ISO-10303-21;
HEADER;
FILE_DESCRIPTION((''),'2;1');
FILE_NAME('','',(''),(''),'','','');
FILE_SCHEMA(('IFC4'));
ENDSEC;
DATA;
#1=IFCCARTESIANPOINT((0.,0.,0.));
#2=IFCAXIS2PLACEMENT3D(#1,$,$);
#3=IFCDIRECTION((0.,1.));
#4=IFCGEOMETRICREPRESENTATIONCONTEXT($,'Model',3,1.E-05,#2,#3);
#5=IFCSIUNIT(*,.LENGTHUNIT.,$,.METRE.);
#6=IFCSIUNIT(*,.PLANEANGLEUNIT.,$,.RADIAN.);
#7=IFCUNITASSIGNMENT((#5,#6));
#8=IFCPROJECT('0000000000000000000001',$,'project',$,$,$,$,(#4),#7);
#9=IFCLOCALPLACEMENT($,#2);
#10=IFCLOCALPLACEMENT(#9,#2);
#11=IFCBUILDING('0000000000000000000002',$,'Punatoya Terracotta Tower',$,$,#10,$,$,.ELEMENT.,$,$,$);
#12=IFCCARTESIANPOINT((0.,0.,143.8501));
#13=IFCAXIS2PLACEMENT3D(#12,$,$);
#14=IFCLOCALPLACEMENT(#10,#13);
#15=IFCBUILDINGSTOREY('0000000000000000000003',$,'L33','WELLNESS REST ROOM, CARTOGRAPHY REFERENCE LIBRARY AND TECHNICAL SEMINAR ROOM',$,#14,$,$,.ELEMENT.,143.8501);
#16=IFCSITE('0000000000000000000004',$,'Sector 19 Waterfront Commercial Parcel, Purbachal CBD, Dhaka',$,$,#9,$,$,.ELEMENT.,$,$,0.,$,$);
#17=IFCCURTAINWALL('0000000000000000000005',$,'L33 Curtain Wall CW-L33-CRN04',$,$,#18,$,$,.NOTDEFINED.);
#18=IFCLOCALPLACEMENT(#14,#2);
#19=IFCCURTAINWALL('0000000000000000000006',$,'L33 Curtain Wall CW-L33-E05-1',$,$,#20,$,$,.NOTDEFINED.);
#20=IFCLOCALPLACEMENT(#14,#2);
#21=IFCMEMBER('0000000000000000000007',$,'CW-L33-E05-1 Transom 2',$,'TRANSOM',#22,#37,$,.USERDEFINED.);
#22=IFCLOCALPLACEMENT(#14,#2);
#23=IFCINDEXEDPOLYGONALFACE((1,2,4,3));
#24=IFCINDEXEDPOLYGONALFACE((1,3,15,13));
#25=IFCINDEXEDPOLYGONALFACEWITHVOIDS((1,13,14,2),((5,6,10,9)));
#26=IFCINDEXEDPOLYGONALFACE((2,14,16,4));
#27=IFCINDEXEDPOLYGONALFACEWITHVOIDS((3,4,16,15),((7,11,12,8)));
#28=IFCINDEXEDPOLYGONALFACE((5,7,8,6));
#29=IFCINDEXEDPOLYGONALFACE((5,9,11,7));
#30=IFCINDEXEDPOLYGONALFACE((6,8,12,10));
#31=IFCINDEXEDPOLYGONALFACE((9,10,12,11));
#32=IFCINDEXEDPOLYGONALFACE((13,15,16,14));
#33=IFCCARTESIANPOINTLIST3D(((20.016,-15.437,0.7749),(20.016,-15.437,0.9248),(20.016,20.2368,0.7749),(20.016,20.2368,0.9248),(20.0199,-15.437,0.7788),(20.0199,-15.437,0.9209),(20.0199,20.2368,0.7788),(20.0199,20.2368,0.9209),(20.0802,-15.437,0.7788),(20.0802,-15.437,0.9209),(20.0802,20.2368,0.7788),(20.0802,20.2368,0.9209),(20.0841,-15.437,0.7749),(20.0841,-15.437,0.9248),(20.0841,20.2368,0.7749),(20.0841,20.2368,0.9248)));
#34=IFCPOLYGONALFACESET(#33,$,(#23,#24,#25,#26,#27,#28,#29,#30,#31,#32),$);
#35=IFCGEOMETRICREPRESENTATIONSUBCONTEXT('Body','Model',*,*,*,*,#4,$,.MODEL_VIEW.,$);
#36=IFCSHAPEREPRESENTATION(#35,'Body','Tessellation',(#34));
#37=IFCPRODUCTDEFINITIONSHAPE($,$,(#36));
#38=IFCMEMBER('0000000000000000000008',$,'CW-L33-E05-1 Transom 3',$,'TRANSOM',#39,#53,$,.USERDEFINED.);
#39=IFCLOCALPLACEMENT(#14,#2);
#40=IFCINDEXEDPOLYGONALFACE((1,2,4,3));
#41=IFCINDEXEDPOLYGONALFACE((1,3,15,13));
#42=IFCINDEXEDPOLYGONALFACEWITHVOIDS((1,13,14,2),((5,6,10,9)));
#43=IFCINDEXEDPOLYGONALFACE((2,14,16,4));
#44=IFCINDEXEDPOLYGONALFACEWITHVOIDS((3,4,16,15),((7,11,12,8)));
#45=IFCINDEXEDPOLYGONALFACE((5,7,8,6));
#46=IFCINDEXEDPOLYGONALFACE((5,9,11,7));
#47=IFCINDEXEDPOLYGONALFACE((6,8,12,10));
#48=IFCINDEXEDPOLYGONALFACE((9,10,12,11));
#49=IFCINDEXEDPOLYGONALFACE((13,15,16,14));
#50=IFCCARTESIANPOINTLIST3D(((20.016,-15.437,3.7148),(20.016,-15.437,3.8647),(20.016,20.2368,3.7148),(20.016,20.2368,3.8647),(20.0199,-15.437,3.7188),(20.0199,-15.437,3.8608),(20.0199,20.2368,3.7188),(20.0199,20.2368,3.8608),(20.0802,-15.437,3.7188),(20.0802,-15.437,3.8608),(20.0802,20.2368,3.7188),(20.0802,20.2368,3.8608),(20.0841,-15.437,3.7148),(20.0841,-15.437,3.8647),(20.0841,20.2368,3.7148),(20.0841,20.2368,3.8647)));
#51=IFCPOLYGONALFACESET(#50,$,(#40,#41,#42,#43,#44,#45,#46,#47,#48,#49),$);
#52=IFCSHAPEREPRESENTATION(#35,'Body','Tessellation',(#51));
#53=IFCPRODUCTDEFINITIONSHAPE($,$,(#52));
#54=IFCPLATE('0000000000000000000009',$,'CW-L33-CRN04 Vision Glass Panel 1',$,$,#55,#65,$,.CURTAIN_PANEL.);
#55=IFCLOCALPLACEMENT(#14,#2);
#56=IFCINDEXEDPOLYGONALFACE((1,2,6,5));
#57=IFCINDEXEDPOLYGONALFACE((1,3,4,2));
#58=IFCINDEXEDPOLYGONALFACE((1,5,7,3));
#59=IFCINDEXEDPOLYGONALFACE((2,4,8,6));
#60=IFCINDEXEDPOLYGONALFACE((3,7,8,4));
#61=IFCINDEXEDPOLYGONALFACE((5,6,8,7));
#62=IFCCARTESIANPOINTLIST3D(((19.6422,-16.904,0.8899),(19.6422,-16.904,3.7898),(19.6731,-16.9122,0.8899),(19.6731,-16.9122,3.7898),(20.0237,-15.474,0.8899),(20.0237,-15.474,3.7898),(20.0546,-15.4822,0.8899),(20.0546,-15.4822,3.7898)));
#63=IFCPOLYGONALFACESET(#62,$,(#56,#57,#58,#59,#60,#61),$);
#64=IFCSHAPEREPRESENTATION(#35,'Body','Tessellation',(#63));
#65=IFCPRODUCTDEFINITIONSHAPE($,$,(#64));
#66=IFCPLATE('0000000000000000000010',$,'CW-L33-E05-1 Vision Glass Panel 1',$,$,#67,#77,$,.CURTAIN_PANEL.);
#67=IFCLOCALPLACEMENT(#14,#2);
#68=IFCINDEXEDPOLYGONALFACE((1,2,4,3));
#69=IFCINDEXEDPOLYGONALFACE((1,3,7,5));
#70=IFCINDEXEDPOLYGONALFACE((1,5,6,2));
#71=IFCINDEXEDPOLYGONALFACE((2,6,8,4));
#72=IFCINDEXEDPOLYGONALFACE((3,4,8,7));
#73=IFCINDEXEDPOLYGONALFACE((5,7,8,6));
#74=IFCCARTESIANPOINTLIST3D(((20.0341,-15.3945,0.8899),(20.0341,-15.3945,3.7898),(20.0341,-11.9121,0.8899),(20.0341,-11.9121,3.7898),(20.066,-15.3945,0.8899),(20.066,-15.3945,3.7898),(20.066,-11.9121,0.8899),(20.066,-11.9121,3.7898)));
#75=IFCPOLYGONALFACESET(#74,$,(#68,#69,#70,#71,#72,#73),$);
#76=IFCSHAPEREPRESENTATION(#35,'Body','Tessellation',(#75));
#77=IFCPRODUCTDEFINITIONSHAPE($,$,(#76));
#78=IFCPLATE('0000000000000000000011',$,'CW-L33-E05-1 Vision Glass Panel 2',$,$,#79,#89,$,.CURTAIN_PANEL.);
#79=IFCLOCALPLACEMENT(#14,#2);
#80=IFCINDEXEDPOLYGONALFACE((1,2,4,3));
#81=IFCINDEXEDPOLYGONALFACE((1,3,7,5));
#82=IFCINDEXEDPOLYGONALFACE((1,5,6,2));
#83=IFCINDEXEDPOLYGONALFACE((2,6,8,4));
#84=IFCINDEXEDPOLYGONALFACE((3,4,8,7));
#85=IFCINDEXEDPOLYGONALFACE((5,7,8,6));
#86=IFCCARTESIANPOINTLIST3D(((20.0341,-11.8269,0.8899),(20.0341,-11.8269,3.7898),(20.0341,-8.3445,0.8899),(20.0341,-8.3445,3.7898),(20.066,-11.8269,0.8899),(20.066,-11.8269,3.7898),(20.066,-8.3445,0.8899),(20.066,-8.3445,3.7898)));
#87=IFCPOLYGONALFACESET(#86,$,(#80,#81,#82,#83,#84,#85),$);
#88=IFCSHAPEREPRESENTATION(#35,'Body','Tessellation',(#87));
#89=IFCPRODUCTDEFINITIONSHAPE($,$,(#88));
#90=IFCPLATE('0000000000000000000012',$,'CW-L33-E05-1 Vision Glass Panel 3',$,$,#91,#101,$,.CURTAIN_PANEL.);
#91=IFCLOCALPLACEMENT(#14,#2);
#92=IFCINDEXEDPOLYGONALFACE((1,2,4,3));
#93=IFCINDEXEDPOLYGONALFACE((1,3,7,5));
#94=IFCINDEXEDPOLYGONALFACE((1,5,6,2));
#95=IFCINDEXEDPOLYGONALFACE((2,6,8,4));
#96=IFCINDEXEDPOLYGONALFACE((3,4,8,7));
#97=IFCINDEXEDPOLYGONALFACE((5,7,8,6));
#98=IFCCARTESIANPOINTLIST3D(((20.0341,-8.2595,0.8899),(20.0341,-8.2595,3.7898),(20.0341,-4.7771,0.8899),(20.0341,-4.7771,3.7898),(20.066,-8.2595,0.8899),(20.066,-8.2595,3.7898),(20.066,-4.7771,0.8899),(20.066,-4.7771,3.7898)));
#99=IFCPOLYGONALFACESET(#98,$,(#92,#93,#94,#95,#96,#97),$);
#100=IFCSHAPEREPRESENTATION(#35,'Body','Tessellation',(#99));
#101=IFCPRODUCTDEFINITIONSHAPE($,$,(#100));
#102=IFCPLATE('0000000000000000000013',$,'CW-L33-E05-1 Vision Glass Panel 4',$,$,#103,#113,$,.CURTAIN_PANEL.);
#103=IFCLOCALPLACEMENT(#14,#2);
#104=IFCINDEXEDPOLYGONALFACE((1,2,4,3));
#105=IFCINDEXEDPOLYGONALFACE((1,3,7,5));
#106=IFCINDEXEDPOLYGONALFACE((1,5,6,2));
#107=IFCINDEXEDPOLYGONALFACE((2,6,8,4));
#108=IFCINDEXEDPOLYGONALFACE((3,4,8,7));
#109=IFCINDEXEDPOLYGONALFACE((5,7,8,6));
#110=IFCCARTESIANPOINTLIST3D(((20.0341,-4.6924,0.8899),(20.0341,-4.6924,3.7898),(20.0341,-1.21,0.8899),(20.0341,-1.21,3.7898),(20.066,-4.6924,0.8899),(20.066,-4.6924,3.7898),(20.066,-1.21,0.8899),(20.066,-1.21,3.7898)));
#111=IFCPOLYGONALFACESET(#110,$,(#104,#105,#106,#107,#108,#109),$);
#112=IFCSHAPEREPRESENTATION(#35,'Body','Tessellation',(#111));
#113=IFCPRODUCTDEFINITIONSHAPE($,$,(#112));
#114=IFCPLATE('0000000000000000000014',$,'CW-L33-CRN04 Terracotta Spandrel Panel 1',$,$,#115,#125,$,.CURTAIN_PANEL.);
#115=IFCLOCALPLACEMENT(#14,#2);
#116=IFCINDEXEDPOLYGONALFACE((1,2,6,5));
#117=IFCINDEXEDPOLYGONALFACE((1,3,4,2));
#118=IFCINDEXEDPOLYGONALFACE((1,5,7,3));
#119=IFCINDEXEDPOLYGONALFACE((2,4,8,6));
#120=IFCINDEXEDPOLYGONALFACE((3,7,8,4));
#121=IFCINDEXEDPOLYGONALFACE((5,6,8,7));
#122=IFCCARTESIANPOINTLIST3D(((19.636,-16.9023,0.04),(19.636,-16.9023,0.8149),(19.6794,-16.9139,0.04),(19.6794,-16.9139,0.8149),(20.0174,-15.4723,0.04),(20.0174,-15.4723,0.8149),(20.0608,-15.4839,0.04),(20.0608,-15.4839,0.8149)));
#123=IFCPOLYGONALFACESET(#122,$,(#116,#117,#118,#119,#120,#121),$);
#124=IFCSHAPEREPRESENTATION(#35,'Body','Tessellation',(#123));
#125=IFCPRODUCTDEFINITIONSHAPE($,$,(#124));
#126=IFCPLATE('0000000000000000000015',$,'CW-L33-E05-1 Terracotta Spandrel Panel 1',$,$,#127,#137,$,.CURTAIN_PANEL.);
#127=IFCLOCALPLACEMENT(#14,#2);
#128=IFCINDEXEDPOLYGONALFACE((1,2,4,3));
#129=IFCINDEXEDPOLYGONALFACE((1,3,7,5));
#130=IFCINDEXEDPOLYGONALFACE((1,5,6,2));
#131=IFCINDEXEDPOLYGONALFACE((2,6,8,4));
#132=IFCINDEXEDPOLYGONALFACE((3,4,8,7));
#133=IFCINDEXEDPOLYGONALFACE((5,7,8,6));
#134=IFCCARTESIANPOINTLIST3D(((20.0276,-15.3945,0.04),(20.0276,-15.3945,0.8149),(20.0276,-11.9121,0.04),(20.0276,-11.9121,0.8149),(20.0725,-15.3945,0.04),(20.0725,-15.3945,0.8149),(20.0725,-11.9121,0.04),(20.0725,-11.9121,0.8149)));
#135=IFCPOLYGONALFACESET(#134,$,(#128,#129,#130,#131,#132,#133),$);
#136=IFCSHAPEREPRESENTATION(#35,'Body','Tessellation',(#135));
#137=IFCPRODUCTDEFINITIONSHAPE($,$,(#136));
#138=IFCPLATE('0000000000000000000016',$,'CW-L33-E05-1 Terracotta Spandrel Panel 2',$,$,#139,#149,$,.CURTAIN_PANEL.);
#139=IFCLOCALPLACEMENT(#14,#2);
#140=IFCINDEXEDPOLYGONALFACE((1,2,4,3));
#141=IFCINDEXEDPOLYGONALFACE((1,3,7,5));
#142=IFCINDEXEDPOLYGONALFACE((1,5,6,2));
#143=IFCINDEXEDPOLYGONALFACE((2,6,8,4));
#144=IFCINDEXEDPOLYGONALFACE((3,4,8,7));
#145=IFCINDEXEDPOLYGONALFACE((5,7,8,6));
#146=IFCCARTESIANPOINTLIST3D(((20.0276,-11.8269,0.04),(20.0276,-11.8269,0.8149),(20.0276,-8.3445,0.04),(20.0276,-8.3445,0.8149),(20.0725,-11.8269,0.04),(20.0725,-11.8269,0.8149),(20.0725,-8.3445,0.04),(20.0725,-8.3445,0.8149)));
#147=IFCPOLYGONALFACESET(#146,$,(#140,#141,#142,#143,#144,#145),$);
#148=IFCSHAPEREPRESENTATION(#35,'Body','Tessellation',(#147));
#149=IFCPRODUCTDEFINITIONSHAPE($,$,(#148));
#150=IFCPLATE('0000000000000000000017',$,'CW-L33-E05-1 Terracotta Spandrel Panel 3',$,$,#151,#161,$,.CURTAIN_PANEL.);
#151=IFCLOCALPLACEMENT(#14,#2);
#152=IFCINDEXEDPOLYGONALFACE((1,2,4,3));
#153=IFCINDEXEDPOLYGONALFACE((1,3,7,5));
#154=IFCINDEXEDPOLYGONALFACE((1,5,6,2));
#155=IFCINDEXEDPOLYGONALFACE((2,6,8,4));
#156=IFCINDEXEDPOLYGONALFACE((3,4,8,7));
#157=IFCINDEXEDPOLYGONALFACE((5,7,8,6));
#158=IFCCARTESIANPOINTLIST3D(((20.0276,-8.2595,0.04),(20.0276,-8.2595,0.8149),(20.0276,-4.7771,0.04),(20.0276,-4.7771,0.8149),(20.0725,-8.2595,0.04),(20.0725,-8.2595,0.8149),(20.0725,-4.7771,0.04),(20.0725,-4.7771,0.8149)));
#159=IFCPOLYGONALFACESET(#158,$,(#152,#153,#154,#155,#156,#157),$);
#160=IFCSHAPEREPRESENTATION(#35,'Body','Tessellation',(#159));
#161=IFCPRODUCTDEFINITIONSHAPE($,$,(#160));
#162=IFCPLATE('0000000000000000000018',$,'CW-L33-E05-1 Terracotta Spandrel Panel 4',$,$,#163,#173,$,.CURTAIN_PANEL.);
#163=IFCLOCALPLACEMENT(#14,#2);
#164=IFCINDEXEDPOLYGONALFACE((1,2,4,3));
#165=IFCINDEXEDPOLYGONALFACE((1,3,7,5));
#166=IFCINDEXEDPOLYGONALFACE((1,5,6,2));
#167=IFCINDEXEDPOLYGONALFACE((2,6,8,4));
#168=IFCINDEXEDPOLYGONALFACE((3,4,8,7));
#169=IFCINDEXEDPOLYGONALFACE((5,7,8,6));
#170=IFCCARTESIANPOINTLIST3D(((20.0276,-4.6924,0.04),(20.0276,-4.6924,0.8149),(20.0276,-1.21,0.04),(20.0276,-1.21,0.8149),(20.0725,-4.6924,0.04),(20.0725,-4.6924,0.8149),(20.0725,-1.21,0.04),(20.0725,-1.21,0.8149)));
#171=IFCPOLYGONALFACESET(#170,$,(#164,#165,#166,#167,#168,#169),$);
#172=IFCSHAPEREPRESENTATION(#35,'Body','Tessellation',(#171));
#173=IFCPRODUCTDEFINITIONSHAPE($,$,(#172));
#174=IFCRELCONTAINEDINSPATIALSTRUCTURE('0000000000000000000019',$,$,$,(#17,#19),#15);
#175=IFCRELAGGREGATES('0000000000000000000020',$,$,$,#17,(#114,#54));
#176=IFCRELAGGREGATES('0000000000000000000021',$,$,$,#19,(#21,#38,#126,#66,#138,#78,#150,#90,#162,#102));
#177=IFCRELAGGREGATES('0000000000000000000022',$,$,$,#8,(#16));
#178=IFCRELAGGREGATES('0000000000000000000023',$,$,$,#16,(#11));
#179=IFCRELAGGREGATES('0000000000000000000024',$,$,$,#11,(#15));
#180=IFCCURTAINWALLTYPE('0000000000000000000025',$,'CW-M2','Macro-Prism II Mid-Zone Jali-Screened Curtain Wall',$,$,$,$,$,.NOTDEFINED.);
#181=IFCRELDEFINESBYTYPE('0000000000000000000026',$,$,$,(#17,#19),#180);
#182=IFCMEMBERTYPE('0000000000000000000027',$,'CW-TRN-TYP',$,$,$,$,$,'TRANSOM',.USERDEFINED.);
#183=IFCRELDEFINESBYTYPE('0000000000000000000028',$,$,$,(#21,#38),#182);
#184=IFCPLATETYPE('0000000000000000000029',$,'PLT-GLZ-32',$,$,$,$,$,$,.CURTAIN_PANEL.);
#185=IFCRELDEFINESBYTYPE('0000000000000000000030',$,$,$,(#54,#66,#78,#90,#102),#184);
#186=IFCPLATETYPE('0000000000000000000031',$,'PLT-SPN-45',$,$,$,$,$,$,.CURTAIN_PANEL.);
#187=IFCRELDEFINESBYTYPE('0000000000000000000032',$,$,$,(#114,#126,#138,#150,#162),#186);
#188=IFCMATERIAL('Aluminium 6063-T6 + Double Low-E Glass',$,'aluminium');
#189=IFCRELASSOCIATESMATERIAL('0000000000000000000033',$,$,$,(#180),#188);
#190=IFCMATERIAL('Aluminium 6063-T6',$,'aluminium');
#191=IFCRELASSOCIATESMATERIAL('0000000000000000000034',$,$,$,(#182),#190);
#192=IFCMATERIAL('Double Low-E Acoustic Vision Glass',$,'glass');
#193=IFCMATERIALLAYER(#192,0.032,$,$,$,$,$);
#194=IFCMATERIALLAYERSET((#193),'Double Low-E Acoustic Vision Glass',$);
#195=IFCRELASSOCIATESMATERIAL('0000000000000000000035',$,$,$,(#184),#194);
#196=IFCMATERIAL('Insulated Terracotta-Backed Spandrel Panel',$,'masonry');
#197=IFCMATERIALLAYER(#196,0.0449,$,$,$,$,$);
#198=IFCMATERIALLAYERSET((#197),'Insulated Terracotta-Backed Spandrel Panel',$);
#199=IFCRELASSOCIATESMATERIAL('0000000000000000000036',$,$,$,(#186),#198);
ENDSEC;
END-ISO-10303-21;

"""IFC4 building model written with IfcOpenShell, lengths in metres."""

from ifc_helpers import new_model, si_unit, direction, frame, origin, origin_2d, place, context, subcontext, project, spatial, rectangle, hollow_rectangle, extrude, material, layer, layer_set, material_profile, profile_set, type_object, element, aggregate, save


model = new_model("IFC4")

# Units and contexts
model_context = context("Model", 3, precision=1e-05, world=origin(), true_north=direction((0.0, 1.0)))
body_context = subcontext(model_context, "Body", "Model", "MODEL_VIEW")
ifc_project = project(units=[si_unit("LENGTHUNIT", "METRE"), si_unit("PLANEANGLEUNIT", "RADIAN")], contexts=[model_context])

# Site, building, storey
site_placement = place(None, origin())
site = spatial("IfcSite", under=ifc_project, at=site_placement, Name="Sector 19 Waterfront Commercial Parcel, Purbachal CBD, Dhaka", CompositionType="ELEMENT", RefElevation=0.0)
building_placement = place(site_placement, origin())
building = spatial("IfcBuilding", under=site, at=building_placement, Name="Punatoya Terracotta Tower", CompositionType="ELEMENT")
storey_placement = place(building_placement, frame((0.0, 0.0, 143.8501)))
storey = spatial("IfcBuildingStorey", under=building, at=storey_placement, Name="L33", Description="WELLNESS REST ROOM, CARTOGRAPHY REFERENCE LIBRARY AND TECHNICAL SEMINAR ROOM", CompositionType="ELEMENT", Elevation=143.8501)

# Curtain wall
ifc_material_1 = material(Name="Aluminium 6063-T6 + Double Low-E Glass", Category="aluminium")
curtain_wall_type = type_object("IfcCurtainWallType", Name="CW-M2", Description="Macro-Prism II Mid-Zone Jali-Screened Curtain Wall", PredefinedType="NOTDEFINED", material=ifc_material_1)
curtain_wall_1_placement = place(storey_placement, origin())
curtain_wall_1 = element("IfcCurtainWall", 1, at=curtain_wall_1_placement, inside=storey, type_object=curtain_wall_type, Name="L33 Curtain Wall CW-L33-CRN04", PredefinedType="NOTDEFINED")
ifc_material_2 = material(Name="Aluminium 6063-T6", Category="aluminium")

# Curtain wall, members
curtain_wall_2_placement = place(storey_placement, origin())
curtain_wall_2 = element("IfcCurtainWall", 2, at=curtain_wall_2_placement, inside=storey, type_object=curtain_wall_type, Name="L33 Curtain Wall CW-L33-E05-1", PredefinedType="NOTDEFINED")
ifc_material_profile_1 = material_profile(ifc_material_2, hollow_rectangle(XDim=0.0681, YDim=0.1499, WallThickness=0.0039, at=origin_2d()))
ifc_profile_set_1 = profile_set([ifc_material_profile_1], Name="Aluminium 6063-T6")
member_type_1 = type_object("IfcMemberType", Name="CW-TRN-TYP", ElementType="TRANSOM", PredefinedType="USERDEFINED", material=ifc_profile_set_1)
member_1_placement = place(storey_placement, frame((20.05, -15.437, 0.8499), z_axis=(0.0, 1.0, 0.0), x_axis=(-1.0, 0.0, 0.0)))
member_1 = element("IfcMember", 3, at=member_1_placement, type_object=member_type_1, Name="CW-L33-E05-1 Transom 2", ObjectType="TRANSOM", PredefinedType="USERDEFINED", context=body_context, shape_type="SweptSolid", body=[
    extrude(hollow_rectangle(XDim=0.0681, YDim=0.1499, WallThickness=0.0039, at=origin_2d()), origin(), (0.0, 0.0, 1.0), 35.6738),
])
member_2_placement = place(storey_placement, frame((20.05, -15.437, 3.7898), z_axis=(0.0, 1.0, 0.0), x_axis=(-1.0, 0.0, 0.0)))
member_2 = element("IfcMember", 4, at=member_2_placement, type_object=member_type_1, Name="CW-L33-E05-1 Transom 3", ObjectType="TRANSOM", PredefinedType="USERDEFINED", context=body_context, shape_type="SweptSolid", body=[
    extrude(hollow_rectangle(XDim=0.0681, YDim=0.1499, WallThickness=0.0039, at=origin_2d()), origin(), (0.0, 0.0, 1.0), 35.6738),
])

# Plates
ifc_material_3 = material(Name="Double Low-E Acoustic Vision Glass", Category="glass")
ifc_layer_1 = layer(ifc_material_3, 0.032)
ifc_layer_set_1 = layer_set([ifc_layer_1], Name="Double Low-E Acoustic Vision Glass")
plate_type_1 = type_object("IfcPlateType", Name="PLT-GLZ-32", PredefinedType="CURTAIN_PANEL", material=ifc_layer_set_1)
plate_1_placement = place(storey_placement, frame((19.8484, -16.1931, 0.8899), z_axis=(0.0, 0.0, 1.0), x_axis=(0.257742, 0.966214, 0.0)))
plate_1 = element("IfcPlate", 5, at=plate_1_placement, type_object=plate_type_1, Name="CW-L33-CRN04 Vision Glass Panel 1", PredefinedType="CURTAIN_PANEL", context=body_context, shape_type="SweptSolid", body=[
    extrude(rectangle(XDim=1.48, YDim=0.032, at=origin_2d()), origin(), (0.0, 0.0, 1.0), 2.8999),
])
plate_2_placement = place(storey_placement, frame((20.05, -13.6533, 0.8899), z_axis=(0.0, 0.0, 1.0), x_axis=(0.0, 1.0, 0.0)))
plate_2 = element("IfcPlate", 6, at=plate_2_placement, type_object=plate_type_1, Name="CW-L33-E05-1 Vision Glass Panel 1", PredefinedType="CURTAIN_PANEL", context=body_context, shape_type="SweptSolid", body=[
    extrude(rectangle(XDim=3.4824, YDim=0.032, at=origin_2d()), origin(), (0.0, 0.0, 1.0), 2.8999),
])
plate_3_placement = place(storey_placement, frame((20.05, -10.0857, 0.8899), z_axis=(0.0, 0.0, 1.0), x_axis=(0.0, 1.0, 0.0)))
plate_3 = element("IfcPlate", 7, at=plate_3_placement, type_object=plate_type_1, Name="CW-L33-E05-1 Vision Glass Panel 2", PredefinedType="CURTAIN_PANEL", context=body_context, shape_type="SweptSolid", body=[
    extrude(rectangle(XDim=3.4824, YDim=0.032, at=origin_2d()), origin(), (0.0, 0.0, 1.0), 2.8999),
])
plate_4_placement = place(storey_placement, frame((20.05, -6.5183, 0.8899), z_axis=(0.0, 0.0, 1.0), x_axis=(0.0, 1.0, 0.0)))
plate_4 = element("IfcPlate", 8, at=plate_4_placement, type_object=plate_type_1, Name="CW-L33-E05-1 Vision Glass Panel 3", PredefinedType="CURTAIN_PANEL", context=body_context, shape_type="SweptSolid", body=[
    extrude(rectangle(XDim=3.4824, YDim=0.032, at=origin_2d()), origin(), (0.0, 0.0, 1.0), 2.8999),
])
plate_5_placement = place(storey_placement, frame((20.05, -2.9512, 0.8899), z_axis=(0.0, 0.0, 1.0), x_axis=(0.0, 1.0, 0.0)))
plate_5 = element("IfcPlate", 9, at=plate_5_placement, type_object=plate_type_1, Name="CW-L33-E05-1 Vision Glass Panel 4", PredefinedType="CURTAIN_PANEL", context=body_context, shape_type="SweptSolid", body=[
    extrude(rectangle(XDim=3.4824, YDim=0.032, at=origin_2d()), origin(), (0.0, 0.0, 1.0), 2.8999),
])
ifc_material_4 = material(Name="Insulated Terracotta-Backed Spandrel Panel", Category="masonry")
ifc_layer_2 = layer(ifc_material_4, 0.0449)
ifc_layer_set_2 = layer_set([ifc_layer_2], Name="Insulated Terracotta-Backed Spandrel Panel")
plate_type_2 = type_object("IfcPlateType", Name="PLT-SPN-45", PredefinedType="CURTAIN_PANEL", material=ifc_layer_set_2)
plate_6_placement = place(storey_placement, frame((19.8484, -16.1931, 0.04), z_axis=(0.0, 0.0, 1.0), x_axis=(0.257742, 0.966214, 0.0)))
plate_6 = element("IfcPlate", 10, at=plate_6_placement, type_object=plate_type_2, Name="CW-L33-CRN04 Terracotta Spandrel Panel 1", PredefinedType="CURTAIN_PANEL", context=body_context, shape_type="SweptSolid", body=[
    extrude(rectangle(XDim=1.48, YDim=0.0449, at=origin_2d()), origin(), (0.0, 0.0, 1.0), 0.7749),
])
aggregate(curtain_wall_1, [plate_6, plate_1])
plate_7_placement = place(storey_placement, frame((20.05, -13.6533, 0.04), z_axis=(0.0, 0.0, 1.0), x_axis=(0.0, 1.0, 0.0)))
plate_7 = element("IfcPlate", 11, at=plate_7_placement, type_object=plate_type_2, Name="CW-L33-E05-1 Terracotta Spandrel Panel 1", PredefinedType="CURTAIN_PANEL", context=body_context, shape_type="SweptSolid", body=[
    extrude(rectangle(XDim=3.4824, YDim=0.0449, at=origin_2d()), origin(), (0.0, 0.0, 1.0), 0.7749),
])
plate_8_placement = place(storey_placement, frame((20.05, -10.0857, 0.04), z_axis=(0.0, 0.0, 1.0), x_axis=(0.0, 1.0, 0.0)))
plate_8 = element("IfcPlate", 12, at=plate_8_placement, type_object=plate_type_2, Name="CW-L33-E05-1 Terracotta Spandrel Panel 2", PredefinedType="CURTAIN_PANEL", context=body_context, shape_type="SweptSolid", body=[
    extrude(rectangle(XDim=3.4824, YDim=0.0449, at=origin_2d()), origin(), (0.0, 0.0, 1.0), 0.7749),
])
plate_9_placement = place(storey_placement, frame((20.05, -6.5183, 0.04), z_axis=(0.0, 0.0, 1.0), x_axis=(0.0, 1.0, 0.0)))
plate_9 = element("IfcPlate", 13, at=plate_9_placement, type_object=plate_type_2, Name="CW-L33-E05-1 Terracotta Spandrel Panel 3", PredefinedType="CURTAIN_PANEL", context=body_context, shape_type="SweptSolid", body=[
    extrude(rectangle(XDim=3.4824, YDim=0.0449, at=origin_2d()), origin(), (0.0, 0.0, 1.0), 0.7749),
])
plate_10_placement = place(storey_placement, frame((20.05, -2.9512, 0.04), z_axis=(0.0, 0.0, 1.0), x_axis=(0.0, 1.0, 0.0)))
plate_10 = element("IfcPlate", 14, at=plate_10_placement, type_object=plate_type_2, Name="CW-L33-E05-1 Terracotta Spandrel Panel 4", PredefinedType="CURTAIN_PANEL", context=body_context, shape_type="SweptSolid", body=[
    extrude(rectangle(XDim=3.4824, YDim=0.0449, at=origin_2d()), origin(), (0.0, 0.0, 1.0), 0.7749),
])
aggregate(curtain_wall_2, [member_1, member_2, plate_7, plate_2, plate_8, plate_3, plate_9, plate_4, plate_10, plate_5])

save(model, "model.ifc")
